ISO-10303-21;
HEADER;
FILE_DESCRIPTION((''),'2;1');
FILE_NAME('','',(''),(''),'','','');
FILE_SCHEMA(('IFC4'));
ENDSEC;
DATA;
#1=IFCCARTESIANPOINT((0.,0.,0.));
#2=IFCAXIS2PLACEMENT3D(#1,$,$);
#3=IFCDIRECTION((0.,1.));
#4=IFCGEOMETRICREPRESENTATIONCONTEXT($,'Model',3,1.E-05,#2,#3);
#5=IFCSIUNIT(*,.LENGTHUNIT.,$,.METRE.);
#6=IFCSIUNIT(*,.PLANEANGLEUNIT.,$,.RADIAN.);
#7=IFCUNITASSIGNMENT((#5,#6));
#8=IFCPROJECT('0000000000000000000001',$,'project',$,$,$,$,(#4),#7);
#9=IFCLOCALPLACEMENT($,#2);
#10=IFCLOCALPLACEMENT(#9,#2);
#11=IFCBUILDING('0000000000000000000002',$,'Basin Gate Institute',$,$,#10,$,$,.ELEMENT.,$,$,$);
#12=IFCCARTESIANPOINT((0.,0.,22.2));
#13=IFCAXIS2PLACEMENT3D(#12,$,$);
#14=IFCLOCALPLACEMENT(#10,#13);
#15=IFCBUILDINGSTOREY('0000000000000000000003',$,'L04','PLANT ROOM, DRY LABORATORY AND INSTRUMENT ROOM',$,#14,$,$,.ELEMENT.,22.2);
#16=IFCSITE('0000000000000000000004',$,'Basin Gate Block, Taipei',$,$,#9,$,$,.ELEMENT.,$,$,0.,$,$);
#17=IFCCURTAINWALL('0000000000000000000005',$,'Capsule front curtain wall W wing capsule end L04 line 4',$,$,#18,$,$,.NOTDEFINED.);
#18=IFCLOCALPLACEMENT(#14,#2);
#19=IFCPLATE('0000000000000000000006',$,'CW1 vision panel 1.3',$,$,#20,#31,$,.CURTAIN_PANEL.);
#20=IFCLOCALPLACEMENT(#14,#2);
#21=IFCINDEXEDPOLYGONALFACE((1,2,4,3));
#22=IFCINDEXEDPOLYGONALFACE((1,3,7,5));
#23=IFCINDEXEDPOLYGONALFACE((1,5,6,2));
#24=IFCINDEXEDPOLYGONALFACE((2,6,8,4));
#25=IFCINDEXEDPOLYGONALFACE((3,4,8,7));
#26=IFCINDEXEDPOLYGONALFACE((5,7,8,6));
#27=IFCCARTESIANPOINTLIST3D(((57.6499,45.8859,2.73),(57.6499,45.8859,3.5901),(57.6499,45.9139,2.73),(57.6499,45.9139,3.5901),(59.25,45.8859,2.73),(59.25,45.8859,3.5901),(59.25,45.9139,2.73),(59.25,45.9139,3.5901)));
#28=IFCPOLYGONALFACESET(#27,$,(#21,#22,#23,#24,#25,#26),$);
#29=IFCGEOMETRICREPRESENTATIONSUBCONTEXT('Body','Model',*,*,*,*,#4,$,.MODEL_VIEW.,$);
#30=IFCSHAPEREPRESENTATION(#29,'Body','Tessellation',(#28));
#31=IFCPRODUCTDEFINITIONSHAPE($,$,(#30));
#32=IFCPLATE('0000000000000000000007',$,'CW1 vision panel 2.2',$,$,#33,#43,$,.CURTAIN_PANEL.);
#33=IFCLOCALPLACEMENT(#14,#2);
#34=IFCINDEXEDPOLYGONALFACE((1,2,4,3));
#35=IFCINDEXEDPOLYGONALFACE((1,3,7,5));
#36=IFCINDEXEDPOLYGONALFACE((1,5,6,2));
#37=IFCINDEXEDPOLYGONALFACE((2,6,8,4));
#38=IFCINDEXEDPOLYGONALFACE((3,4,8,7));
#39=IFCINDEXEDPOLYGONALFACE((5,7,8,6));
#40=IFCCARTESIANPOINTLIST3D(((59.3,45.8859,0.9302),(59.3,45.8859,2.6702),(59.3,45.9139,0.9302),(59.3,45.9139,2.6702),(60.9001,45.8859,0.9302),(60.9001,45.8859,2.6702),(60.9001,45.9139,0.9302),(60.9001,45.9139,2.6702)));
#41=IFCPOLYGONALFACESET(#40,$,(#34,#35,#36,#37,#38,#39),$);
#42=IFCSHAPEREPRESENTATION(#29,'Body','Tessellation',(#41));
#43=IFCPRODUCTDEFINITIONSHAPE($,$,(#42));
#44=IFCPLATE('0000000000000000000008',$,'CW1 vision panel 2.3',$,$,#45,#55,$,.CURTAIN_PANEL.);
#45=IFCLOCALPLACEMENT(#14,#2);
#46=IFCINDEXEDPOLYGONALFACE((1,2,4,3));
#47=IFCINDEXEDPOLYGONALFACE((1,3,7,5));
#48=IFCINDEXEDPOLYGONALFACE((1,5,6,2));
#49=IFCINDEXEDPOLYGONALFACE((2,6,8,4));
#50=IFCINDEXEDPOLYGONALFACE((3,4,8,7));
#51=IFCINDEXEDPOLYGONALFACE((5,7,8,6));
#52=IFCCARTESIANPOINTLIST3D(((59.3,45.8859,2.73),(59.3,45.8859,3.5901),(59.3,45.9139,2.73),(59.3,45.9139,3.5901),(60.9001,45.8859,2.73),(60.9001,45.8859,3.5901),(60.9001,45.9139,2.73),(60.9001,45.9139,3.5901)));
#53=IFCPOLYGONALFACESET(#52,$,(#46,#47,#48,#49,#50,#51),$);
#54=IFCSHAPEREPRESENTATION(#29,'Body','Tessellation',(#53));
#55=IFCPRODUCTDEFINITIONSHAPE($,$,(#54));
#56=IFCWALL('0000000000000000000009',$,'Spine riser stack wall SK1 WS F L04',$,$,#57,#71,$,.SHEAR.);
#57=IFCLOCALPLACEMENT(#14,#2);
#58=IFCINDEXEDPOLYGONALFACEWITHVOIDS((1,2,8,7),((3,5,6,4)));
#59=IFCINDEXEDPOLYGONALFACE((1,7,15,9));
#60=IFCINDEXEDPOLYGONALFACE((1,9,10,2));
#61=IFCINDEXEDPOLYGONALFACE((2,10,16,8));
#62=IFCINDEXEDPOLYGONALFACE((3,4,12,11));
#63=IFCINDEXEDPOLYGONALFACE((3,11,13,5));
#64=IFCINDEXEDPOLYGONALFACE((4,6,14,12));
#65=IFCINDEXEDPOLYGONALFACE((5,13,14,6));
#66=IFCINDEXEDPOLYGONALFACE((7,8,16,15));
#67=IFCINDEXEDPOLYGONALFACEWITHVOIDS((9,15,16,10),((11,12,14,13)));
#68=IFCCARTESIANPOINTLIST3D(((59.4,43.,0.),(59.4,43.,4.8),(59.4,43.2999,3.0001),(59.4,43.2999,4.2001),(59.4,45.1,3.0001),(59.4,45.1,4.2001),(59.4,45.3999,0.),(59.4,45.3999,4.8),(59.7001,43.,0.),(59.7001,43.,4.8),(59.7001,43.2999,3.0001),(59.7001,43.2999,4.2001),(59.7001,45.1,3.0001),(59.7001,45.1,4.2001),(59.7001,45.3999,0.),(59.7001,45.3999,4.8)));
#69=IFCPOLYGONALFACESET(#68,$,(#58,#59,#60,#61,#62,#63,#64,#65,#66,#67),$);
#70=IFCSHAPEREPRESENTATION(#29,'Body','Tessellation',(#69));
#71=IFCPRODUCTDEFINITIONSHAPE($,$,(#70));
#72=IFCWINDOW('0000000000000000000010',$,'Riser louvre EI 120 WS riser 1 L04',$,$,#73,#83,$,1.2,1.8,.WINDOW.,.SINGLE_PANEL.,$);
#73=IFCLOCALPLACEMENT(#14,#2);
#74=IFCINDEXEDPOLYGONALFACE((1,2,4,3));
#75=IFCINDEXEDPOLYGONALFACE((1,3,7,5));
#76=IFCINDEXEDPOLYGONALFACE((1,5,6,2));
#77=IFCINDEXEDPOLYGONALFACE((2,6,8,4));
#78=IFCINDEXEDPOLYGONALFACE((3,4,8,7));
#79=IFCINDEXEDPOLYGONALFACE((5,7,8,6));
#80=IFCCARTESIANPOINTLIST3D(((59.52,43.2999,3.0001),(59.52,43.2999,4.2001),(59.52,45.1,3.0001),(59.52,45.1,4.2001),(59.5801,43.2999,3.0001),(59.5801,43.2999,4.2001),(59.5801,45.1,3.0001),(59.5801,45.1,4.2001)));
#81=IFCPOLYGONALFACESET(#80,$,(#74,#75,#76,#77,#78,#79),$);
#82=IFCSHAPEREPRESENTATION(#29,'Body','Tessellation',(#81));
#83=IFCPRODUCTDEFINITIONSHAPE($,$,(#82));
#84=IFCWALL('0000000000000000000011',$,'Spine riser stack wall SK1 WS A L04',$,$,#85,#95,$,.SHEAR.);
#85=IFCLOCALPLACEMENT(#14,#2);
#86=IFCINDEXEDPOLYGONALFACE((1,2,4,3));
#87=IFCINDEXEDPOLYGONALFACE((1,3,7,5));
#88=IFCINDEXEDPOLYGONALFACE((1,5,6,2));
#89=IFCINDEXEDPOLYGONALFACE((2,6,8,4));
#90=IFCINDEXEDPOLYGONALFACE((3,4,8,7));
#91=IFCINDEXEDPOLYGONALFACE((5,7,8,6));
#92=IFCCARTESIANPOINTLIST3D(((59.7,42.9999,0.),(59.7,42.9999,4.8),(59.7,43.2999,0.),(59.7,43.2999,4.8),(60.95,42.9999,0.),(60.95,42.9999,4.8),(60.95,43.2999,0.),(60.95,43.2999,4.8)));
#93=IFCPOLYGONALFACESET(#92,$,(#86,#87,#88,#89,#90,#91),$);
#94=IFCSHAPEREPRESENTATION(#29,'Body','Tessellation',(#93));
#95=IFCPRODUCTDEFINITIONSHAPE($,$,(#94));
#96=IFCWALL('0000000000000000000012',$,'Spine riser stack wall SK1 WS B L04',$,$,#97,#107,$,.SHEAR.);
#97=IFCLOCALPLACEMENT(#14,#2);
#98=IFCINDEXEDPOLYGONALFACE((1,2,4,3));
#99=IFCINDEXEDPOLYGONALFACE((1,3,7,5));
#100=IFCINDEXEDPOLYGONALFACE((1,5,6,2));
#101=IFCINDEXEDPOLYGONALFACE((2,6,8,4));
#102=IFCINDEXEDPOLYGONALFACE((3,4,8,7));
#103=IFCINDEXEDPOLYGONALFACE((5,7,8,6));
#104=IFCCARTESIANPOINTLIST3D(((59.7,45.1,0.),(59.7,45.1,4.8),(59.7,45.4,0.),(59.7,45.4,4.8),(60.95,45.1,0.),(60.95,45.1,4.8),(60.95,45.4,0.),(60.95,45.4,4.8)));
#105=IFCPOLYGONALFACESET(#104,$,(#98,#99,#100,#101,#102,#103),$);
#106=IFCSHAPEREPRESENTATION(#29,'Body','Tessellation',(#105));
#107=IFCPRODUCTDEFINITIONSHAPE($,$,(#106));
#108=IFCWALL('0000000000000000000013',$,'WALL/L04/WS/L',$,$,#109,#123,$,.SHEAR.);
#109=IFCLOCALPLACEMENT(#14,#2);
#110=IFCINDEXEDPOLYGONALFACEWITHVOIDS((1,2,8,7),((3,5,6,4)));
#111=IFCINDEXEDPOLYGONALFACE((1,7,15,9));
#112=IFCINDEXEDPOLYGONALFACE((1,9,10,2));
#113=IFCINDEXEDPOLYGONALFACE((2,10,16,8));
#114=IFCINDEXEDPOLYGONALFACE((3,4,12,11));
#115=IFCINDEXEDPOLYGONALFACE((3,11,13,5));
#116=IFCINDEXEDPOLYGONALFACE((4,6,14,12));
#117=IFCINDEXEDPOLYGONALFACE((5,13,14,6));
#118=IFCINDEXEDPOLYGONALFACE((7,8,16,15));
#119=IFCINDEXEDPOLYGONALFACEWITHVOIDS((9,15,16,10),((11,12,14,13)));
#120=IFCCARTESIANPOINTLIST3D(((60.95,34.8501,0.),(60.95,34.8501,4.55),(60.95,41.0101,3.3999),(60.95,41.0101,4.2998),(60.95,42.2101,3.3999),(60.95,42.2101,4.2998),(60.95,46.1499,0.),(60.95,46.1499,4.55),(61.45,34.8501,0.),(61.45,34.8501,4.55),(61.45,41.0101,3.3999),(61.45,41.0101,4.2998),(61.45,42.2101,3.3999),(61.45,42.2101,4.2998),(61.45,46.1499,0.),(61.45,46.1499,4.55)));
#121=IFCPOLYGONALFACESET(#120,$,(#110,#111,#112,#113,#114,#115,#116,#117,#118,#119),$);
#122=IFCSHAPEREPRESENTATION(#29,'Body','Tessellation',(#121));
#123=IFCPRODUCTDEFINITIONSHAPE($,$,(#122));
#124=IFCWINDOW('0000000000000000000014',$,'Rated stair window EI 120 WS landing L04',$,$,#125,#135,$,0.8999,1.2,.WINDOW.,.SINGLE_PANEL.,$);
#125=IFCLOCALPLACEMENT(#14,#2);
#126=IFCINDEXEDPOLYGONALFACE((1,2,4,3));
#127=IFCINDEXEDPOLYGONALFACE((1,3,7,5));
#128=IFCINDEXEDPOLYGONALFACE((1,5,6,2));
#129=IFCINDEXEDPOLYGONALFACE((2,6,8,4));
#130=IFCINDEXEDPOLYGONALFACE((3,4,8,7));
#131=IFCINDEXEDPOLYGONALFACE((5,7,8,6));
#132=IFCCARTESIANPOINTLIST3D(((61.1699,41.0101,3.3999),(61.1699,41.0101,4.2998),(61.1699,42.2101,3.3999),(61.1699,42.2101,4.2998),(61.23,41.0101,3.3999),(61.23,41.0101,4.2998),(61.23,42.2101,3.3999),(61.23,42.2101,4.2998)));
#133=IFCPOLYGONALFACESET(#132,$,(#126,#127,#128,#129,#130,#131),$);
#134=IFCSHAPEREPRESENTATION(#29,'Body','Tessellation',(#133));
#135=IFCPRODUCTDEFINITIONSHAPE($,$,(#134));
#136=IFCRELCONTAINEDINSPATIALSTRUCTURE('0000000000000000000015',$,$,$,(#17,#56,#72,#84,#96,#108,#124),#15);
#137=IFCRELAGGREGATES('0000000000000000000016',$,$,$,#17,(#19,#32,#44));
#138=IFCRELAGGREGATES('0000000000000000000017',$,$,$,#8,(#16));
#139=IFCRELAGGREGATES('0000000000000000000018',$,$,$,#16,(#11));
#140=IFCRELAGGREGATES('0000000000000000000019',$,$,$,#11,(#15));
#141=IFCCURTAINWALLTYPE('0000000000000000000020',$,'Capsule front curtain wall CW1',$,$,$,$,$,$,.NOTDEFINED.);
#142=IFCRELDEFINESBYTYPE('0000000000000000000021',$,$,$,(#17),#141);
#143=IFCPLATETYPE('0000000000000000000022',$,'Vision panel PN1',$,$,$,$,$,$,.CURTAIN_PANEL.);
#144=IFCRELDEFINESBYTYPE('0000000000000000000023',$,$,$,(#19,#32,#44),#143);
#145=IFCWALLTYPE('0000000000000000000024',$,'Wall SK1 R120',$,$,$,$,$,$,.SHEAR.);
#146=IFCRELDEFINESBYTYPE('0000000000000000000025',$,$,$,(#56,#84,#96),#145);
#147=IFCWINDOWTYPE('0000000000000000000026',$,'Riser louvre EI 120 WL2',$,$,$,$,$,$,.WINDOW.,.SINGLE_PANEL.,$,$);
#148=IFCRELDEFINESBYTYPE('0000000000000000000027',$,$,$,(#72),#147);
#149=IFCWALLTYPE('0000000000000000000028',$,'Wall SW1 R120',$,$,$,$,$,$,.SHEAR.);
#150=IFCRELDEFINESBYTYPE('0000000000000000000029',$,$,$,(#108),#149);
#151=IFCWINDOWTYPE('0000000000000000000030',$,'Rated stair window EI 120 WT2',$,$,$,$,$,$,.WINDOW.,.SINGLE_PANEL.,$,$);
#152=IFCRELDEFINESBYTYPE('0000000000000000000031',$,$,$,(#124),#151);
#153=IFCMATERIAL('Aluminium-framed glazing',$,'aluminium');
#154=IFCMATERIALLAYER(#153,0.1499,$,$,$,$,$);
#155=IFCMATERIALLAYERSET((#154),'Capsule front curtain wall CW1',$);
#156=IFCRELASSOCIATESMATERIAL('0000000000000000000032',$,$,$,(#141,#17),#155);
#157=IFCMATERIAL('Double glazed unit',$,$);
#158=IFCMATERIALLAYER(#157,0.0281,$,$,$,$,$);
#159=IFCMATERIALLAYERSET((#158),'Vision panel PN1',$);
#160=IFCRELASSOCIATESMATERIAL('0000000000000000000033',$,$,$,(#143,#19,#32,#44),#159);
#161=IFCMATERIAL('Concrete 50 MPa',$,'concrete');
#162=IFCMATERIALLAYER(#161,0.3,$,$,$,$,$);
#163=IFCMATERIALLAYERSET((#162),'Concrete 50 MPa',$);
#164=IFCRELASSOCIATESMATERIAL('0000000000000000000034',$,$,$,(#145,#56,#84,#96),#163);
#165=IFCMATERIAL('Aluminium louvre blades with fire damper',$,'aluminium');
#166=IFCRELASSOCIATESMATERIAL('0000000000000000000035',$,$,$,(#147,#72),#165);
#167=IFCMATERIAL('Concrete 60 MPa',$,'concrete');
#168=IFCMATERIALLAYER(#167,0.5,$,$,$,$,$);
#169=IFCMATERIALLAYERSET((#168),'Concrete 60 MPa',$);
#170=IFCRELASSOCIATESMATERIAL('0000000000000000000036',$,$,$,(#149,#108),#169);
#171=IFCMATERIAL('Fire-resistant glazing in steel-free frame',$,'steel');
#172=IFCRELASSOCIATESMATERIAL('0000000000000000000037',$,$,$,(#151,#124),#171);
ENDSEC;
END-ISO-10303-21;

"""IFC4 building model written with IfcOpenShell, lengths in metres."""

from ifc_helpers import new_model, si_unit, direction, frame, frame_2d, origin, origin_2d, place, context, subcontext, project, spatial, rectangle, extrude, material, layer, layer_set, type_object, element, fill, aggregate, save


model = new_model("IFC4")

# Units and contexts
model_context = context("Model", 3, precision=1e-05, world=origin(), true_north=direction((0.0, 1.0)))
body_context = subcontext(model_context, "Body", "Model", "MODEL_VIEW")
ifc_project = project(units=[si_unit("LENGTHUNIT", "METRE"), si_unit("PLANEANGLEUNIT", "RADIAN")], contexts=[model_context])

# Site, building, storey
site_placement = place(None, origin())
site = spatial("IfcSite", under=ifc_project, at=site_placement, Name="Basin Gate Block, Taipei", CompositionType="ELEMENT", RefElevation=0.0)
building_placement = place(site_placement, origin())
building = spatial("IfcBuilding", under=site, at=building_placement, Name="Basin Gate Institute", CompositionType="ELEMENT")
storey_placement = place(building_placement, frame((0.0, 0.0, 22.2)))
storey = spatial("IfcBuildingStorey", under=building, at=storey_placement, Name="L04", Description="PLANT ROOM, DRY LABORATORY AND INSTRUMENT ROOM", CompositionType="ELEMENT", Elevation=22.2)

# Curtain wall, plates
ifc_material_1 = material(Name="Aluminium-framed glazing", Category="aluminium")
ifc_layer_1 = layer(ifc_material_1, 0.1499)
ifc_layer_set_1 = layer_set([ifc_layer_1], Name="Capsule front curtain wall CW1")
curtain_wall_type = type_object("IfcCurtainWallType", Name="Capsule front curtain wall CW1", PredefinedType="NOTDEFINED", material=ifc_layer_set_1)
curtain_wall_placement = place(storey_placement, origin())
curtain_wall = element("IfcCurtainWall", 1, at=curtain_wall_placement, inside=storey, type_object=curtain_wall_type, material=ifc_layer_set_1, Name="Capsule front curtain wall W wing capsule end L04 line 4", PredefinedType="NOTDEFINED")
ifc_material_2 = material(Name="Double glazed unit")
ifc_layer_2 = layer(ifc_material_2, 0.0281)
ifc_layer_set_2 = layer_set([ifc_layer_2], Name="Vision panel PN1")
plate_type_1 = type_object("IfcPlateType", Name="Vision panel PN1", PredefinedType="CURTAIN_PANEL", material=ifc_layer_set_2)
plate_1_placement = place(storey_placement, frame((58.45, 45.8999, 2.73), z_axis=(0.0, 0.0, 1.0), x_axis=(1.0, 0.0, 0.0)))
plate_1 = element("IfcPlate", 2, at=plate_1_placement, type_object=plate_type_1, material=ifc_layer_set_2, Name="CW1 vision panel 1.3", PredefinedType="CURTAIN_PANEL", context=body_context, shape_type="SweptSolid", body=[
    extrude(rectangle(XDim=1.6001, YDim=0.0281, at=origin_2d()), origin(), (0.0, 0.0, 1.0), 0.8601),
])
plate_2_placement = place(storey_placement, frame((60.1001, 45.8999, 0.9302), z_axis=(0.0, 0.0, 1.0), x_axis=(1.0, 0.0, 0.0)))
plate_2 = element("IfcPlate", 3, at=plate_2_placement, type_object=plate_type_1, material=ifc_layer_set_2, Name="CW1 vision panel 2.2", PredefinedType="CURTAIN_PANEL", context=body_context, shape_type="SweptSolid", body=[
    extrude(rectangle(XDim=1.6001, YDim=0.0281, at=origin_2d()), origin(), (0.0, 0.0, 1.0), 1.74),
])
plate_3_placement = place(storey_placement, frame((60.1001, 45.8999, 2.73), z_axis=(0.0, 0.0, 1.0), x_axis=(1.0, 0.0, 0.0)))
plate_3 = element("IfcPlate", 4, at=plate_3_placement, type_object=plate_type_1, material=ifc_layer_set_2, Name="CW1 vision panel 2.3", PredefinedType="CURTAIN_PANEL", context=body_context, shape_type="SweptSolid", body=[
    extrude(rectangle(XDim=1.6001, YDim=0.0281, at=origin_2d()), origin(), (0.0, 0.0, 1.0), 0.8601),
])
aggregate(curtain_wall, [plate_1, plate_2, plate_3])

# Wall, opening, window
ifc_material_3 = material(Name="Concrete 50 MPa", Category="concrete")
ifc_layer_3 = layer(ifc_material_3, 0.3)
ifc_layer_set_3 = layer_set([ifc_layer_3], Name="Concrete 50 MPa")
wall_type_1 = type_object("IfcWallType", Name="Wall SK1 R120", PredefinedType="SHEAR", material=ifc_layer_set_3)
wall_1_placement = place(storey_placement, frame((59.55, 43.0, 0.0), z_axis=(0.0, 0.0, 1.0), x_axis=(0.0, 1.0, 0.0)))
wall_1 = element("IfcWall", 5, at=wall_1_placement, inside=storey, type_object=wall_type_1, material=ifc_layer_set_3, Name="Spine riser stack wall SK1 WS F L04", PredefinedType="SHEAR", context=body_context, shape_type="SweptSolid", body=[
    extrude(rectangle(XDim=2.3999, YDim=0.3, at=frame_2d((1.2, 0.0))), origin(), (0.0, 0.0, 1.0), 4.8),
])
opening_1_placement = place(wall_1_placement, frame((0.3, 0.0, 3.0)))
opening_1 = element("IfcOpeningElement", 6, at=opening_1_placement, cuts=wall_1, PredefinedType="OPENING", context=body_context, shape_type="SweptSolid", body=[
    extrude(rectangle(XDim=1.8, YDim=1.2, at=frame_2d((0.8999, 0.6001))), frame((0.0, 0.1602, 0.0), z_axis=(0.0, -1.0, 0.0), x_axis=(1.0, 0.0, 0.0)), (0.0, 0.0, 1.0), 0.3201),
])
ifc_material_4 = material(Name="Aluminium louvre blades with fire damper", Category="aluminium")
window_type_1 = type_object("IfcWindowType", Name="Riser louvre EI 120 WL2", PartitioningType="SINGLE_PANEL", PredefinedType="WINDOW", material=ifc_material_4)
window_1_placement = place(opening_1_placement, origin())
window_1 = element("IfcWindow", 7, at=window_1_placement, inside=storey, type_object=window_type_1, material=ifc_material_4, Name="Riser louvre EI 120 WS riser 1 L04", OverallHeight=1.2, OverallWidth=1.8, PartitioningType="SINGLE_PANEL", PredefinedType="WINDOW", context=body_context, shape_type="SweptSolid", body=[
    extrude(rectangle(XDim=1.8, YDim=1.2, at=frame_2d((0.8999, 0.6001))), frame((0.0, 0.03, 0.0), z_axis=(0.0, -1.0, 0.0), x_axis=(1.0, 0.0, 0.0)), (0.0, 0.0, 1.0), 0.0601),
])
fill(opening_1, window_1)

# Walls
for number, where, z_axis, x_axis, name in (
    (8, (60.95, 43.1499, 0.0), (0.0, 0.0, 1.0), (-1.0, 0.0, 0.0), "Spine riser stack wall SK1 WS A L04"),
    (9, (60.95, 45.25, 0.0), (0.0, 0.0, 1.0), (-1.0, 0.0, 0.0), "Spine riser stack wall SK1 WS B L04"),
):
    element("IfcWall", number, at=place(storey_placement, frame(where, z_axis=z_axis, x_axis=x_axis)), inside=storey, type_object=wall_type_1, material=ifc_layer_set_3, Name=name, PredefinedType="SHEAR", context=body_context, shape_type="SweptSolid", body=[
        extrude(rectangle(XDim=1.25, YDim=0.3, at=frame_2d((0.625, 0.0))), origin(), (0.0, 0.0, 1.0), 4.8),
    ])

# Wall, opening, window
ifc_material_5 = material(Name="Concrete 60 MPa", Category="concrete")
ifc_layer_4 = layer(ifc_material_5, 0.5)
ifc_layer_set_4 = layer_set([ifc_layer_4], Name="Concrete 60 MPa")
wall_type_2 = type_object("IfcWallType", Name="Wall SW1 R120", PredefinedType="SHEAR", material=ifc_layer_set_4)
wall_2_placement = place(storey_placement, frame((61.2, 34.8501, 0.0), z_axis=(0.0, 0.0, 1.0), x_axis=(0.0, 1.0, 0.0)))
wall_2 = element("IfcWall", 10, at=wall_2_placement, inside=storey, type_object=wall_type_2, material=ifc_layer_set_4, Name="WALL/L04/WS/L", PredefinedType="SHEAR", context=body_context, shape_type="SweptSolid", body=[
    extrude(rectangle(XDim=11.2998, YDim=0.5, at=frame_2d((5.6499, 0.0))), origin(), (0.0, 0.0, 1.0), 4.55),
])
opening_2_placement = place(wall_2_placement, frame((6.1599, 0.0, 3.3999)))
opening_2 = element("IfcOpeningElement", 11, at=opening_2_placement, cuts=wall_2, PredefinedType="OPENING", context=body_context, shape_type="SweptSolid", body=[
    extrude(rectangle(XDim=1.2, YDim=0.8999, at=frame_2d((0.6001, 0.45))), frame((0.0, 0.26, 0.0), z_axis=(0.0, -1.0, 0.0), x_axis=(1.0, 0.0, 0.0)), (0.0, 0.0, 1.0), 0.52),
])
ifc_material_6 = material(Name="Fire-resistant glazing in steel-free frame", Category="steel")
window_type_2 = type_object("IfcWindowType", Name="Rated stair window EI 120 WT2", PartitioningType="SINGLE_PANEL", PredefinedType="WINDOW", material=ifc_material_6)
window_2_placement = place(opening_2_placement, origin())
window_2 = element("IfcWindow", 12, at=window_2_placement, inside=storey, type_object=window_type_2, material=ifc_material_6, Name="Rated stair window EI 120 WS landing L04", OverallHeight=0.8999, OverallWidth=1.2, PartitioningType="SINGLE_PANEL", PredefinedType="WINDOW", context=body_context, shape_type="SweptSolid", body=[
    extrude(rectangle(XDim=1.2, YDim=0.8999, at=frame_2d((0.6001, 0.45))), frame((0.0, 0.03, 0.0), z_axis=(0.0, -1.0, 0.0), x_axis=(1.0, 0.0, 0.0)), (0.0, 0.0, 1.0), 0.0601),
])
fill(opening_2, window_2)

save(model, "model.ifc")
